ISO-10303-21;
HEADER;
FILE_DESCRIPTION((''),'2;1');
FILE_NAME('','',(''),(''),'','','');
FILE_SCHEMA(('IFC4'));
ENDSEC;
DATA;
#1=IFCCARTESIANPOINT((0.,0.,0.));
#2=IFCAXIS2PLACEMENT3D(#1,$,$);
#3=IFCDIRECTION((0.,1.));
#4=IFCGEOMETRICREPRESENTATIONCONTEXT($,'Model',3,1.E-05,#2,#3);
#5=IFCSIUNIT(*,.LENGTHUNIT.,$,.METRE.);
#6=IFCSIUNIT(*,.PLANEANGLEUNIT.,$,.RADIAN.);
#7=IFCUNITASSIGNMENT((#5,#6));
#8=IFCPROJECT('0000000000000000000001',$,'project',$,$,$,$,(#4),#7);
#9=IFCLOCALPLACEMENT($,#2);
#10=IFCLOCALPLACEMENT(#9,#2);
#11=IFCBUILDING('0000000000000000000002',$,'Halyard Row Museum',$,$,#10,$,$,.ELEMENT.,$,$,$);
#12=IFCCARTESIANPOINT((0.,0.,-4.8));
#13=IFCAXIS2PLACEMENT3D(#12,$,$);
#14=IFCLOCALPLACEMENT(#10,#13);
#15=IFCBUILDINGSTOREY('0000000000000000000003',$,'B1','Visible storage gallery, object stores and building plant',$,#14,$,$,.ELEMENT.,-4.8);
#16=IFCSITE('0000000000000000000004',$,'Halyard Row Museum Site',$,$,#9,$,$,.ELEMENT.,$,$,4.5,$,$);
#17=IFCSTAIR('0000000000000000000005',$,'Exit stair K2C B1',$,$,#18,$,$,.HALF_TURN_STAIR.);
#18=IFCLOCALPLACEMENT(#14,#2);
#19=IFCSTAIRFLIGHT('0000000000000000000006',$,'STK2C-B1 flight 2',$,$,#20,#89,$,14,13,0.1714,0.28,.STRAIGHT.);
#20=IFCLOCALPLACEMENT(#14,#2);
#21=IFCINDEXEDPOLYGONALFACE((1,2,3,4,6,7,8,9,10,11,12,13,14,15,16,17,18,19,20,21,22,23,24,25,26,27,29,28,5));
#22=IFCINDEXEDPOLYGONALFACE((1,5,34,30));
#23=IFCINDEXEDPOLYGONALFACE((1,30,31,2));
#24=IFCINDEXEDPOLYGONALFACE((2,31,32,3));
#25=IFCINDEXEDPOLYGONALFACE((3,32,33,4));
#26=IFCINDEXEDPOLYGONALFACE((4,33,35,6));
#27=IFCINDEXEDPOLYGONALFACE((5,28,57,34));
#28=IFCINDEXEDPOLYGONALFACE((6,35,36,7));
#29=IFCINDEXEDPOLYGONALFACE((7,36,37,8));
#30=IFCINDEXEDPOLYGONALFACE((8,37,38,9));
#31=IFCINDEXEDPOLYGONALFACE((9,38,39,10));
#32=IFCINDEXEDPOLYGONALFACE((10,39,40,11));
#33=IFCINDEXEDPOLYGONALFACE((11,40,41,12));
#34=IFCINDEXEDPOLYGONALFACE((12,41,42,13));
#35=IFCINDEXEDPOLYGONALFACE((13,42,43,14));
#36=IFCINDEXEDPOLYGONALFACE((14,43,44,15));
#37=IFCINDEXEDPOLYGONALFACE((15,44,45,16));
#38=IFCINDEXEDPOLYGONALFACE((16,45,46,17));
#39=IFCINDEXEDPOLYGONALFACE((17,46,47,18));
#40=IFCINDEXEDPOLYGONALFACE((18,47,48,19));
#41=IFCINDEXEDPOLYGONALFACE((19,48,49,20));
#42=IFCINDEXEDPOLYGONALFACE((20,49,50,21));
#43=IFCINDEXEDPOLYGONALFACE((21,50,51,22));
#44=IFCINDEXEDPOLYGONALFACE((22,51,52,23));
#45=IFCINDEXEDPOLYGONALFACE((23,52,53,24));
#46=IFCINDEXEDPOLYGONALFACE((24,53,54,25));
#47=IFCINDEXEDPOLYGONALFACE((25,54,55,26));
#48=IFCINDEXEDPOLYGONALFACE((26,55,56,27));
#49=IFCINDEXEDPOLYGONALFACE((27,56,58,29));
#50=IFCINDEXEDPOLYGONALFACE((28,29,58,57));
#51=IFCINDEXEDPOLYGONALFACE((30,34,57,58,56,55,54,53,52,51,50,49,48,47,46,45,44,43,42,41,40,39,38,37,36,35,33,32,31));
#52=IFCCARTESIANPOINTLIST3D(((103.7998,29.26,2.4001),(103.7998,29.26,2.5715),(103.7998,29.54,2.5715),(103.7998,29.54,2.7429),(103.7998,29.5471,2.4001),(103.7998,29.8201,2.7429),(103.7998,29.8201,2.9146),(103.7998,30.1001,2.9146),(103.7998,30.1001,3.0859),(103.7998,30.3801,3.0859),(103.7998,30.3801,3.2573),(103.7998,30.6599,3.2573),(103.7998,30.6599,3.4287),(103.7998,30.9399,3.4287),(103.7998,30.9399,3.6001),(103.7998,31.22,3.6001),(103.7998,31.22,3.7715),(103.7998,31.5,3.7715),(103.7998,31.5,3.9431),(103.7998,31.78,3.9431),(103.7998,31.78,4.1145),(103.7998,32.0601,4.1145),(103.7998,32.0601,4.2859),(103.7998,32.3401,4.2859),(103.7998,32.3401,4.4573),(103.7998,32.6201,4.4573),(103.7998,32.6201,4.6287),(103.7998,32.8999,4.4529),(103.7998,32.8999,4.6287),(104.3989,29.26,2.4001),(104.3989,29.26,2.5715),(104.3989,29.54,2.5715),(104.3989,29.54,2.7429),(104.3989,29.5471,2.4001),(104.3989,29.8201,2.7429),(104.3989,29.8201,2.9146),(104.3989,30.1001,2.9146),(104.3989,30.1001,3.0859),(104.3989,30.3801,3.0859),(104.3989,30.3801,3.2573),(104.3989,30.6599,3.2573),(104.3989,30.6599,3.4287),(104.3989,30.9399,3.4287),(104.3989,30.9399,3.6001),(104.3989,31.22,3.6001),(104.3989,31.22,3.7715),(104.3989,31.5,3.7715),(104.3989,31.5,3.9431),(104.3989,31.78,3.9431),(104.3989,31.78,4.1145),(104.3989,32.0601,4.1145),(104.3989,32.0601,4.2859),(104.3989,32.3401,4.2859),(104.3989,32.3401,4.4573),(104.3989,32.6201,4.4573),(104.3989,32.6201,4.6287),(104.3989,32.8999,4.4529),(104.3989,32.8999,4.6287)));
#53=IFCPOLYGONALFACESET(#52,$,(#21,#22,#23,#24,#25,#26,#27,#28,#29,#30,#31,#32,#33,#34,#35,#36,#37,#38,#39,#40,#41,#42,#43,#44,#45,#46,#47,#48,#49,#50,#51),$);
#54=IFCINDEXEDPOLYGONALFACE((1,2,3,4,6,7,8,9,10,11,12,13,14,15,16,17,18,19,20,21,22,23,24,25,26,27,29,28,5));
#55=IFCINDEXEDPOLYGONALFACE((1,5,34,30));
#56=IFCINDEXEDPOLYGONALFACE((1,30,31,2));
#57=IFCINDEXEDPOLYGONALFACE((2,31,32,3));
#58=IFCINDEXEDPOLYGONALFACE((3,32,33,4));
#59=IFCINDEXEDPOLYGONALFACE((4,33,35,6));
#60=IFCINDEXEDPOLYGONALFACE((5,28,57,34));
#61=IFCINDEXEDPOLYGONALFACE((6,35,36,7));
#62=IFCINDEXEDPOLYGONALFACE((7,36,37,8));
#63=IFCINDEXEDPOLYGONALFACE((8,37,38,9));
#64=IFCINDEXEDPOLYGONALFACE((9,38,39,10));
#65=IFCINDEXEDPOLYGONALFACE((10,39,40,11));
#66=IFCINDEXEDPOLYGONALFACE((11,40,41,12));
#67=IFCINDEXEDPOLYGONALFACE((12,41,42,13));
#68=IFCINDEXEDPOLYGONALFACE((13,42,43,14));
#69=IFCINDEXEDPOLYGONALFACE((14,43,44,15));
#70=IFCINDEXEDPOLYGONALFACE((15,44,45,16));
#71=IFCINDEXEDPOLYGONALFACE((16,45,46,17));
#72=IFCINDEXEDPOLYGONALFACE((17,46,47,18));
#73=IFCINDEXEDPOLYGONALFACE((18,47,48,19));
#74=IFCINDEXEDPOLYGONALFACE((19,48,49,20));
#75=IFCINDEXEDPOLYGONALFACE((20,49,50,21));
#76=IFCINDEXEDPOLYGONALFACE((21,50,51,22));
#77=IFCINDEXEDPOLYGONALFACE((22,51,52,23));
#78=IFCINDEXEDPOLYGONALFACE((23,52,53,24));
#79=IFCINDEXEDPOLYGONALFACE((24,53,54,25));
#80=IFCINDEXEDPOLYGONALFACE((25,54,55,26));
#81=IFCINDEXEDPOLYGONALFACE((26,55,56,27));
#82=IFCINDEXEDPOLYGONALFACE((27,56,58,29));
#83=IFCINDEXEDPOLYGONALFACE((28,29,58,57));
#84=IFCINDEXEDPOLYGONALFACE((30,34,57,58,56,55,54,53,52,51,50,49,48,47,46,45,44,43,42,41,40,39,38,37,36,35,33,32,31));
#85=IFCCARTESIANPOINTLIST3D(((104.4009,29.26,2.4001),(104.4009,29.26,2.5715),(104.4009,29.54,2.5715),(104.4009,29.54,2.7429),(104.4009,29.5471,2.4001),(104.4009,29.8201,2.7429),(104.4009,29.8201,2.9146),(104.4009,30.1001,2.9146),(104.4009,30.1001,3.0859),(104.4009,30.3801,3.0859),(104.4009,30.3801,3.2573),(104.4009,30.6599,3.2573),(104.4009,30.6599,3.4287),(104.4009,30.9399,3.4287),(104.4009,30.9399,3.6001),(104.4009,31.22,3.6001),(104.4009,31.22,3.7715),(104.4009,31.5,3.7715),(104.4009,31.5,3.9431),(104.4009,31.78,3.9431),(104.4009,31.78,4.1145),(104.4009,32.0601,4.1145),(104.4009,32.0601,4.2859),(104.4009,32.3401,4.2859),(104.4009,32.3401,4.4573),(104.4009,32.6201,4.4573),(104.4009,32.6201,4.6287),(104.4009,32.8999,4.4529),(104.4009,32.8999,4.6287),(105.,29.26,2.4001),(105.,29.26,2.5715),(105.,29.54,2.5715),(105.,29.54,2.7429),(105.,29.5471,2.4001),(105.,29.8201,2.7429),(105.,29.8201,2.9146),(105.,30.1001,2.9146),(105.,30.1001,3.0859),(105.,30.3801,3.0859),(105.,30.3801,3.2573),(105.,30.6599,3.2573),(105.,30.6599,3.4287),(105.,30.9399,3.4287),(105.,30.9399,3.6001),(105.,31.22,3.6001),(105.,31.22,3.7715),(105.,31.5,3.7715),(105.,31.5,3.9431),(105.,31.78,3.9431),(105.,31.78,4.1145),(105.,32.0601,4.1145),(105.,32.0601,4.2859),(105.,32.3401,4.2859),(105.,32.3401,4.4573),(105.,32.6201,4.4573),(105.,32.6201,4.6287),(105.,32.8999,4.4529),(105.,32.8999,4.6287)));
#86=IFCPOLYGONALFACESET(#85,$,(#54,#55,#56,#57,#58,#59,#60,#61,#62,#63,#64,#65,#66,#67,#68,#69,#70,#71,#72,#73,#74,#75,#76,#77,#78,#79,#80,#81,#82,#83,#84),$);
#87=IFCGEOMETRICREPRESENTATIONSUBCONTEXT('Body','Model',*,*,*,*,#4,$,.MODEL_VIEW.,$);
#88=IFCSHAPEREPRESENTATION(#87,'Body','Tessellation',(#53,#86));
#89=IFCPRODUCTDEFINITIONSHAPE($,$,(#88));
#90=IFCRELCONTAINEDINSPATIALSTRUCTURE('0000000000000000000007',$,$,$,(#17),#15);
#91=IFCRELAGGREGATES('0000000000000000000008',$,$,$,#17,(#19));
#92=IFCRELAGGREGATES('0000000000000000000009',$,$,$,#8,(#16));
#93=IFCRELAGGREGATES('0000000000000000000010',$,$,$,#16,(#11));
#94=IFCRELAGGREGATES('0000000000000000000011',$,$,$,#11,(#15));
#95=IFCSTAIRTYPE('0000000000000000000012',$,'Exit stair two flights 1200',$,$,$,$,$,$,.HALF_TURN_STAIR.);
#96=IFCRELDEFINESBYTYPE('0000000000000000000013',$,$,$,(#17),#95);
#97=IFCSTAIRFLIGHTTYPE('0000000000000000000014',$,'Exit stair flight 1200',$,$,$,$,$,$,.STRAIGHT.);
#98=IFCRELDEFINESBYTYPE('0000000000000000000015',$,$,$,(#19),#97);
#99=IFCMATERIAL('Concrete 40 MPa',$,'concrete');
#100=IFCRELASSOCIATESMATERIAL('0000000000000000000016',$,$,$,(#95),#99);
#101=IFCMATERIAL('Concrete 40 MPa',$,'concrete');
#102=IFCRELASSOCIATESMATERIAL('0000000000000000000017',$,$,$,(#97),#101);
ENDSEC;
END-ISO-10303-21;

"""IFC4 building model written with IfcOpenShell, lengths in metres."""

from ifc_helpers import new_model, si_unit, direction, frame, origin, place, context, subcontext, project, spatial, polyline, outline, extrude, material, type_object, element, aggregate, save


model = new_model("IFC4")

# Units and contexts
model_context = context("Model", 3, precision=1e-05, world=origin(), true_north=direction((0.0, 1.0)))
body_context = subcontext(model_context, "Body", "Model", "MODEL_VIEW")
ifc_project = project(units=[si_unit("LENGTHUNIT", "METRE"), si_unit("PLANEANGLEUNIT", "RADIAN")], contexts=[model_context])

# Site, building, storey
site_placement = place(None, origin())
site = spatial("IfcSite", under=ifc_project, at=site_placement, Name="Halyard Row Museum Site", CompositionType="ELEMENT", RefElevation=4.5)
building_placement = place(site_placement, origin())
building = spatial("IfcBuilding", under=site, at=building_placement, Name="Halyard Row Museum", CompositionType="ELEMENT")
storey_placement = place(building_placement, frame((0.0, 0.0, -4.8)))
storey = spatial("IfcBuildingStorey", under=building, at=storey_placement, Name="B1", Description="Visible storage gallery, object stores and building plant", CompositionType="ELEMENT", Elevation=-4.8)

# Stair, stair flight
ifc_material_1 = material(Name="Concrete 40 MPa", Category="concrete")
stair_type = type_object("IfcStairType", Name="Exit stair two flights 1200", PredefinedType="HALF_TURN_STAIR", material=ifc_material_1)
stair_placement = place(storey_placement, origin())
stair = element("IfcStair", 1, at=stair_placement, inside=storey, type_object=stair_type, Name="Exit stair K2C B1", PredefinedType="HALF_TURN_STAIR")
ifc_material_2 = material(Name="Concrete 40 MPa", Category="concrete")
stair_flight_type = type_object("IfcStairFlightType", Name="Exit stair flight 1200", PredefinedType="STRAIGHT", material=ifc_material_2)
stair_flight_1_placement = place(storey_placement, frame((104.3999, 29.26, 2.4001), z_axis=(0.0, 0.0, 1.0), x_axis=(0.0, 1.0, 0.0)))
stair_flight_1 = element("IfcStairFlight", 2, at=stair_flight_1_placement, type_object=stair_flight_type, Name="STK2C-B1 flight 2", NumberOfRisers=14, NumberOfTreads=13, PredefinedType="STRAIGHT", RiserHeight=0.1714, TreadLength=0.28, context=body_context, shape_type="SweptSolid", body=[
    extrude(outline(polyline([(0.0, 0.0), (0.0, 0.1714), (0.28, 0.1714), (0.28, 0.3428), (0.5601, 0.3428), (0.5601, 0.5144), (0.8401, 0.5144), (0.8401, 0.6858), (1.1201, 0.6858), (1.1201, 0.8572), (1.3999, 0.8572), (1.3999, 1.0286), (1.6799, 1.0286), (1.6799, 1.2), (1.96, 1.2), (1.96, 1.3713), (2.24, 1.3713), (2.24, 1.543), (2.52, 1.543), (2.52, 1.7144), (2.8, 1.7144), (2.8, 1.8857), (3.0801, 1.8857), (3.0801, 2.0571), (3.3601, 2.0571), (3.3601, 2.2285), (3.6399, 2.2285), (3.6399, 2.3999), (3.6399, 2.0527), (0.2871, 0.0), (0.0, 0.0)])), frame((0.0, 0.6001, 0.0), z_axis=(0.0, -1.0, 0.0), x_axis=(1.0, 0.0, 0.0)), (0.0, 0.0, 1.0), 0.5991),
    extrude(outline(polyline([(0.0, 0.0), (0.0, 0.1714), (0.28, 0.1714), (0.28, 0.3428), (0.5601, 0.3428), (0.5601, 0.5144), (0.8401, 0.5144), (0.8401, 0.6858), (1.1201, 0.6858), (1.1201, 0.8572), (1.3999, 0.8572), (1.3999, 1.0286), (1.6799, 1.0286), (1.6799, 1.2), (1.96, 1.2), (1.96, 1.3713), (2.24, 1.3713), (2.24, 1.543), (2.52, 1.543), (2.52, 1.7144), (2.8, 1.7144), (2.8, 1.8857), (3.0801, 1.8857), (3.0801, 2.0571), (3.3601, 2.0571), (3.3601, 2.2285), (3.6399, 2.2285), (3.6399, 2.3999), (3.6399, 2.0527), (0.2871, 0.0), (0.0, 0.0)])), frame((0.0, -0.001, 0.0), z_axis=(0.0, -1.0, 0.0), x_axis=(1.0, 0.0, 0.0)), (0.0, 0.0, 1.0), 0.5991),
])
aggregate(stair, [stair_flight_1])

save(model, "model.ifc")
